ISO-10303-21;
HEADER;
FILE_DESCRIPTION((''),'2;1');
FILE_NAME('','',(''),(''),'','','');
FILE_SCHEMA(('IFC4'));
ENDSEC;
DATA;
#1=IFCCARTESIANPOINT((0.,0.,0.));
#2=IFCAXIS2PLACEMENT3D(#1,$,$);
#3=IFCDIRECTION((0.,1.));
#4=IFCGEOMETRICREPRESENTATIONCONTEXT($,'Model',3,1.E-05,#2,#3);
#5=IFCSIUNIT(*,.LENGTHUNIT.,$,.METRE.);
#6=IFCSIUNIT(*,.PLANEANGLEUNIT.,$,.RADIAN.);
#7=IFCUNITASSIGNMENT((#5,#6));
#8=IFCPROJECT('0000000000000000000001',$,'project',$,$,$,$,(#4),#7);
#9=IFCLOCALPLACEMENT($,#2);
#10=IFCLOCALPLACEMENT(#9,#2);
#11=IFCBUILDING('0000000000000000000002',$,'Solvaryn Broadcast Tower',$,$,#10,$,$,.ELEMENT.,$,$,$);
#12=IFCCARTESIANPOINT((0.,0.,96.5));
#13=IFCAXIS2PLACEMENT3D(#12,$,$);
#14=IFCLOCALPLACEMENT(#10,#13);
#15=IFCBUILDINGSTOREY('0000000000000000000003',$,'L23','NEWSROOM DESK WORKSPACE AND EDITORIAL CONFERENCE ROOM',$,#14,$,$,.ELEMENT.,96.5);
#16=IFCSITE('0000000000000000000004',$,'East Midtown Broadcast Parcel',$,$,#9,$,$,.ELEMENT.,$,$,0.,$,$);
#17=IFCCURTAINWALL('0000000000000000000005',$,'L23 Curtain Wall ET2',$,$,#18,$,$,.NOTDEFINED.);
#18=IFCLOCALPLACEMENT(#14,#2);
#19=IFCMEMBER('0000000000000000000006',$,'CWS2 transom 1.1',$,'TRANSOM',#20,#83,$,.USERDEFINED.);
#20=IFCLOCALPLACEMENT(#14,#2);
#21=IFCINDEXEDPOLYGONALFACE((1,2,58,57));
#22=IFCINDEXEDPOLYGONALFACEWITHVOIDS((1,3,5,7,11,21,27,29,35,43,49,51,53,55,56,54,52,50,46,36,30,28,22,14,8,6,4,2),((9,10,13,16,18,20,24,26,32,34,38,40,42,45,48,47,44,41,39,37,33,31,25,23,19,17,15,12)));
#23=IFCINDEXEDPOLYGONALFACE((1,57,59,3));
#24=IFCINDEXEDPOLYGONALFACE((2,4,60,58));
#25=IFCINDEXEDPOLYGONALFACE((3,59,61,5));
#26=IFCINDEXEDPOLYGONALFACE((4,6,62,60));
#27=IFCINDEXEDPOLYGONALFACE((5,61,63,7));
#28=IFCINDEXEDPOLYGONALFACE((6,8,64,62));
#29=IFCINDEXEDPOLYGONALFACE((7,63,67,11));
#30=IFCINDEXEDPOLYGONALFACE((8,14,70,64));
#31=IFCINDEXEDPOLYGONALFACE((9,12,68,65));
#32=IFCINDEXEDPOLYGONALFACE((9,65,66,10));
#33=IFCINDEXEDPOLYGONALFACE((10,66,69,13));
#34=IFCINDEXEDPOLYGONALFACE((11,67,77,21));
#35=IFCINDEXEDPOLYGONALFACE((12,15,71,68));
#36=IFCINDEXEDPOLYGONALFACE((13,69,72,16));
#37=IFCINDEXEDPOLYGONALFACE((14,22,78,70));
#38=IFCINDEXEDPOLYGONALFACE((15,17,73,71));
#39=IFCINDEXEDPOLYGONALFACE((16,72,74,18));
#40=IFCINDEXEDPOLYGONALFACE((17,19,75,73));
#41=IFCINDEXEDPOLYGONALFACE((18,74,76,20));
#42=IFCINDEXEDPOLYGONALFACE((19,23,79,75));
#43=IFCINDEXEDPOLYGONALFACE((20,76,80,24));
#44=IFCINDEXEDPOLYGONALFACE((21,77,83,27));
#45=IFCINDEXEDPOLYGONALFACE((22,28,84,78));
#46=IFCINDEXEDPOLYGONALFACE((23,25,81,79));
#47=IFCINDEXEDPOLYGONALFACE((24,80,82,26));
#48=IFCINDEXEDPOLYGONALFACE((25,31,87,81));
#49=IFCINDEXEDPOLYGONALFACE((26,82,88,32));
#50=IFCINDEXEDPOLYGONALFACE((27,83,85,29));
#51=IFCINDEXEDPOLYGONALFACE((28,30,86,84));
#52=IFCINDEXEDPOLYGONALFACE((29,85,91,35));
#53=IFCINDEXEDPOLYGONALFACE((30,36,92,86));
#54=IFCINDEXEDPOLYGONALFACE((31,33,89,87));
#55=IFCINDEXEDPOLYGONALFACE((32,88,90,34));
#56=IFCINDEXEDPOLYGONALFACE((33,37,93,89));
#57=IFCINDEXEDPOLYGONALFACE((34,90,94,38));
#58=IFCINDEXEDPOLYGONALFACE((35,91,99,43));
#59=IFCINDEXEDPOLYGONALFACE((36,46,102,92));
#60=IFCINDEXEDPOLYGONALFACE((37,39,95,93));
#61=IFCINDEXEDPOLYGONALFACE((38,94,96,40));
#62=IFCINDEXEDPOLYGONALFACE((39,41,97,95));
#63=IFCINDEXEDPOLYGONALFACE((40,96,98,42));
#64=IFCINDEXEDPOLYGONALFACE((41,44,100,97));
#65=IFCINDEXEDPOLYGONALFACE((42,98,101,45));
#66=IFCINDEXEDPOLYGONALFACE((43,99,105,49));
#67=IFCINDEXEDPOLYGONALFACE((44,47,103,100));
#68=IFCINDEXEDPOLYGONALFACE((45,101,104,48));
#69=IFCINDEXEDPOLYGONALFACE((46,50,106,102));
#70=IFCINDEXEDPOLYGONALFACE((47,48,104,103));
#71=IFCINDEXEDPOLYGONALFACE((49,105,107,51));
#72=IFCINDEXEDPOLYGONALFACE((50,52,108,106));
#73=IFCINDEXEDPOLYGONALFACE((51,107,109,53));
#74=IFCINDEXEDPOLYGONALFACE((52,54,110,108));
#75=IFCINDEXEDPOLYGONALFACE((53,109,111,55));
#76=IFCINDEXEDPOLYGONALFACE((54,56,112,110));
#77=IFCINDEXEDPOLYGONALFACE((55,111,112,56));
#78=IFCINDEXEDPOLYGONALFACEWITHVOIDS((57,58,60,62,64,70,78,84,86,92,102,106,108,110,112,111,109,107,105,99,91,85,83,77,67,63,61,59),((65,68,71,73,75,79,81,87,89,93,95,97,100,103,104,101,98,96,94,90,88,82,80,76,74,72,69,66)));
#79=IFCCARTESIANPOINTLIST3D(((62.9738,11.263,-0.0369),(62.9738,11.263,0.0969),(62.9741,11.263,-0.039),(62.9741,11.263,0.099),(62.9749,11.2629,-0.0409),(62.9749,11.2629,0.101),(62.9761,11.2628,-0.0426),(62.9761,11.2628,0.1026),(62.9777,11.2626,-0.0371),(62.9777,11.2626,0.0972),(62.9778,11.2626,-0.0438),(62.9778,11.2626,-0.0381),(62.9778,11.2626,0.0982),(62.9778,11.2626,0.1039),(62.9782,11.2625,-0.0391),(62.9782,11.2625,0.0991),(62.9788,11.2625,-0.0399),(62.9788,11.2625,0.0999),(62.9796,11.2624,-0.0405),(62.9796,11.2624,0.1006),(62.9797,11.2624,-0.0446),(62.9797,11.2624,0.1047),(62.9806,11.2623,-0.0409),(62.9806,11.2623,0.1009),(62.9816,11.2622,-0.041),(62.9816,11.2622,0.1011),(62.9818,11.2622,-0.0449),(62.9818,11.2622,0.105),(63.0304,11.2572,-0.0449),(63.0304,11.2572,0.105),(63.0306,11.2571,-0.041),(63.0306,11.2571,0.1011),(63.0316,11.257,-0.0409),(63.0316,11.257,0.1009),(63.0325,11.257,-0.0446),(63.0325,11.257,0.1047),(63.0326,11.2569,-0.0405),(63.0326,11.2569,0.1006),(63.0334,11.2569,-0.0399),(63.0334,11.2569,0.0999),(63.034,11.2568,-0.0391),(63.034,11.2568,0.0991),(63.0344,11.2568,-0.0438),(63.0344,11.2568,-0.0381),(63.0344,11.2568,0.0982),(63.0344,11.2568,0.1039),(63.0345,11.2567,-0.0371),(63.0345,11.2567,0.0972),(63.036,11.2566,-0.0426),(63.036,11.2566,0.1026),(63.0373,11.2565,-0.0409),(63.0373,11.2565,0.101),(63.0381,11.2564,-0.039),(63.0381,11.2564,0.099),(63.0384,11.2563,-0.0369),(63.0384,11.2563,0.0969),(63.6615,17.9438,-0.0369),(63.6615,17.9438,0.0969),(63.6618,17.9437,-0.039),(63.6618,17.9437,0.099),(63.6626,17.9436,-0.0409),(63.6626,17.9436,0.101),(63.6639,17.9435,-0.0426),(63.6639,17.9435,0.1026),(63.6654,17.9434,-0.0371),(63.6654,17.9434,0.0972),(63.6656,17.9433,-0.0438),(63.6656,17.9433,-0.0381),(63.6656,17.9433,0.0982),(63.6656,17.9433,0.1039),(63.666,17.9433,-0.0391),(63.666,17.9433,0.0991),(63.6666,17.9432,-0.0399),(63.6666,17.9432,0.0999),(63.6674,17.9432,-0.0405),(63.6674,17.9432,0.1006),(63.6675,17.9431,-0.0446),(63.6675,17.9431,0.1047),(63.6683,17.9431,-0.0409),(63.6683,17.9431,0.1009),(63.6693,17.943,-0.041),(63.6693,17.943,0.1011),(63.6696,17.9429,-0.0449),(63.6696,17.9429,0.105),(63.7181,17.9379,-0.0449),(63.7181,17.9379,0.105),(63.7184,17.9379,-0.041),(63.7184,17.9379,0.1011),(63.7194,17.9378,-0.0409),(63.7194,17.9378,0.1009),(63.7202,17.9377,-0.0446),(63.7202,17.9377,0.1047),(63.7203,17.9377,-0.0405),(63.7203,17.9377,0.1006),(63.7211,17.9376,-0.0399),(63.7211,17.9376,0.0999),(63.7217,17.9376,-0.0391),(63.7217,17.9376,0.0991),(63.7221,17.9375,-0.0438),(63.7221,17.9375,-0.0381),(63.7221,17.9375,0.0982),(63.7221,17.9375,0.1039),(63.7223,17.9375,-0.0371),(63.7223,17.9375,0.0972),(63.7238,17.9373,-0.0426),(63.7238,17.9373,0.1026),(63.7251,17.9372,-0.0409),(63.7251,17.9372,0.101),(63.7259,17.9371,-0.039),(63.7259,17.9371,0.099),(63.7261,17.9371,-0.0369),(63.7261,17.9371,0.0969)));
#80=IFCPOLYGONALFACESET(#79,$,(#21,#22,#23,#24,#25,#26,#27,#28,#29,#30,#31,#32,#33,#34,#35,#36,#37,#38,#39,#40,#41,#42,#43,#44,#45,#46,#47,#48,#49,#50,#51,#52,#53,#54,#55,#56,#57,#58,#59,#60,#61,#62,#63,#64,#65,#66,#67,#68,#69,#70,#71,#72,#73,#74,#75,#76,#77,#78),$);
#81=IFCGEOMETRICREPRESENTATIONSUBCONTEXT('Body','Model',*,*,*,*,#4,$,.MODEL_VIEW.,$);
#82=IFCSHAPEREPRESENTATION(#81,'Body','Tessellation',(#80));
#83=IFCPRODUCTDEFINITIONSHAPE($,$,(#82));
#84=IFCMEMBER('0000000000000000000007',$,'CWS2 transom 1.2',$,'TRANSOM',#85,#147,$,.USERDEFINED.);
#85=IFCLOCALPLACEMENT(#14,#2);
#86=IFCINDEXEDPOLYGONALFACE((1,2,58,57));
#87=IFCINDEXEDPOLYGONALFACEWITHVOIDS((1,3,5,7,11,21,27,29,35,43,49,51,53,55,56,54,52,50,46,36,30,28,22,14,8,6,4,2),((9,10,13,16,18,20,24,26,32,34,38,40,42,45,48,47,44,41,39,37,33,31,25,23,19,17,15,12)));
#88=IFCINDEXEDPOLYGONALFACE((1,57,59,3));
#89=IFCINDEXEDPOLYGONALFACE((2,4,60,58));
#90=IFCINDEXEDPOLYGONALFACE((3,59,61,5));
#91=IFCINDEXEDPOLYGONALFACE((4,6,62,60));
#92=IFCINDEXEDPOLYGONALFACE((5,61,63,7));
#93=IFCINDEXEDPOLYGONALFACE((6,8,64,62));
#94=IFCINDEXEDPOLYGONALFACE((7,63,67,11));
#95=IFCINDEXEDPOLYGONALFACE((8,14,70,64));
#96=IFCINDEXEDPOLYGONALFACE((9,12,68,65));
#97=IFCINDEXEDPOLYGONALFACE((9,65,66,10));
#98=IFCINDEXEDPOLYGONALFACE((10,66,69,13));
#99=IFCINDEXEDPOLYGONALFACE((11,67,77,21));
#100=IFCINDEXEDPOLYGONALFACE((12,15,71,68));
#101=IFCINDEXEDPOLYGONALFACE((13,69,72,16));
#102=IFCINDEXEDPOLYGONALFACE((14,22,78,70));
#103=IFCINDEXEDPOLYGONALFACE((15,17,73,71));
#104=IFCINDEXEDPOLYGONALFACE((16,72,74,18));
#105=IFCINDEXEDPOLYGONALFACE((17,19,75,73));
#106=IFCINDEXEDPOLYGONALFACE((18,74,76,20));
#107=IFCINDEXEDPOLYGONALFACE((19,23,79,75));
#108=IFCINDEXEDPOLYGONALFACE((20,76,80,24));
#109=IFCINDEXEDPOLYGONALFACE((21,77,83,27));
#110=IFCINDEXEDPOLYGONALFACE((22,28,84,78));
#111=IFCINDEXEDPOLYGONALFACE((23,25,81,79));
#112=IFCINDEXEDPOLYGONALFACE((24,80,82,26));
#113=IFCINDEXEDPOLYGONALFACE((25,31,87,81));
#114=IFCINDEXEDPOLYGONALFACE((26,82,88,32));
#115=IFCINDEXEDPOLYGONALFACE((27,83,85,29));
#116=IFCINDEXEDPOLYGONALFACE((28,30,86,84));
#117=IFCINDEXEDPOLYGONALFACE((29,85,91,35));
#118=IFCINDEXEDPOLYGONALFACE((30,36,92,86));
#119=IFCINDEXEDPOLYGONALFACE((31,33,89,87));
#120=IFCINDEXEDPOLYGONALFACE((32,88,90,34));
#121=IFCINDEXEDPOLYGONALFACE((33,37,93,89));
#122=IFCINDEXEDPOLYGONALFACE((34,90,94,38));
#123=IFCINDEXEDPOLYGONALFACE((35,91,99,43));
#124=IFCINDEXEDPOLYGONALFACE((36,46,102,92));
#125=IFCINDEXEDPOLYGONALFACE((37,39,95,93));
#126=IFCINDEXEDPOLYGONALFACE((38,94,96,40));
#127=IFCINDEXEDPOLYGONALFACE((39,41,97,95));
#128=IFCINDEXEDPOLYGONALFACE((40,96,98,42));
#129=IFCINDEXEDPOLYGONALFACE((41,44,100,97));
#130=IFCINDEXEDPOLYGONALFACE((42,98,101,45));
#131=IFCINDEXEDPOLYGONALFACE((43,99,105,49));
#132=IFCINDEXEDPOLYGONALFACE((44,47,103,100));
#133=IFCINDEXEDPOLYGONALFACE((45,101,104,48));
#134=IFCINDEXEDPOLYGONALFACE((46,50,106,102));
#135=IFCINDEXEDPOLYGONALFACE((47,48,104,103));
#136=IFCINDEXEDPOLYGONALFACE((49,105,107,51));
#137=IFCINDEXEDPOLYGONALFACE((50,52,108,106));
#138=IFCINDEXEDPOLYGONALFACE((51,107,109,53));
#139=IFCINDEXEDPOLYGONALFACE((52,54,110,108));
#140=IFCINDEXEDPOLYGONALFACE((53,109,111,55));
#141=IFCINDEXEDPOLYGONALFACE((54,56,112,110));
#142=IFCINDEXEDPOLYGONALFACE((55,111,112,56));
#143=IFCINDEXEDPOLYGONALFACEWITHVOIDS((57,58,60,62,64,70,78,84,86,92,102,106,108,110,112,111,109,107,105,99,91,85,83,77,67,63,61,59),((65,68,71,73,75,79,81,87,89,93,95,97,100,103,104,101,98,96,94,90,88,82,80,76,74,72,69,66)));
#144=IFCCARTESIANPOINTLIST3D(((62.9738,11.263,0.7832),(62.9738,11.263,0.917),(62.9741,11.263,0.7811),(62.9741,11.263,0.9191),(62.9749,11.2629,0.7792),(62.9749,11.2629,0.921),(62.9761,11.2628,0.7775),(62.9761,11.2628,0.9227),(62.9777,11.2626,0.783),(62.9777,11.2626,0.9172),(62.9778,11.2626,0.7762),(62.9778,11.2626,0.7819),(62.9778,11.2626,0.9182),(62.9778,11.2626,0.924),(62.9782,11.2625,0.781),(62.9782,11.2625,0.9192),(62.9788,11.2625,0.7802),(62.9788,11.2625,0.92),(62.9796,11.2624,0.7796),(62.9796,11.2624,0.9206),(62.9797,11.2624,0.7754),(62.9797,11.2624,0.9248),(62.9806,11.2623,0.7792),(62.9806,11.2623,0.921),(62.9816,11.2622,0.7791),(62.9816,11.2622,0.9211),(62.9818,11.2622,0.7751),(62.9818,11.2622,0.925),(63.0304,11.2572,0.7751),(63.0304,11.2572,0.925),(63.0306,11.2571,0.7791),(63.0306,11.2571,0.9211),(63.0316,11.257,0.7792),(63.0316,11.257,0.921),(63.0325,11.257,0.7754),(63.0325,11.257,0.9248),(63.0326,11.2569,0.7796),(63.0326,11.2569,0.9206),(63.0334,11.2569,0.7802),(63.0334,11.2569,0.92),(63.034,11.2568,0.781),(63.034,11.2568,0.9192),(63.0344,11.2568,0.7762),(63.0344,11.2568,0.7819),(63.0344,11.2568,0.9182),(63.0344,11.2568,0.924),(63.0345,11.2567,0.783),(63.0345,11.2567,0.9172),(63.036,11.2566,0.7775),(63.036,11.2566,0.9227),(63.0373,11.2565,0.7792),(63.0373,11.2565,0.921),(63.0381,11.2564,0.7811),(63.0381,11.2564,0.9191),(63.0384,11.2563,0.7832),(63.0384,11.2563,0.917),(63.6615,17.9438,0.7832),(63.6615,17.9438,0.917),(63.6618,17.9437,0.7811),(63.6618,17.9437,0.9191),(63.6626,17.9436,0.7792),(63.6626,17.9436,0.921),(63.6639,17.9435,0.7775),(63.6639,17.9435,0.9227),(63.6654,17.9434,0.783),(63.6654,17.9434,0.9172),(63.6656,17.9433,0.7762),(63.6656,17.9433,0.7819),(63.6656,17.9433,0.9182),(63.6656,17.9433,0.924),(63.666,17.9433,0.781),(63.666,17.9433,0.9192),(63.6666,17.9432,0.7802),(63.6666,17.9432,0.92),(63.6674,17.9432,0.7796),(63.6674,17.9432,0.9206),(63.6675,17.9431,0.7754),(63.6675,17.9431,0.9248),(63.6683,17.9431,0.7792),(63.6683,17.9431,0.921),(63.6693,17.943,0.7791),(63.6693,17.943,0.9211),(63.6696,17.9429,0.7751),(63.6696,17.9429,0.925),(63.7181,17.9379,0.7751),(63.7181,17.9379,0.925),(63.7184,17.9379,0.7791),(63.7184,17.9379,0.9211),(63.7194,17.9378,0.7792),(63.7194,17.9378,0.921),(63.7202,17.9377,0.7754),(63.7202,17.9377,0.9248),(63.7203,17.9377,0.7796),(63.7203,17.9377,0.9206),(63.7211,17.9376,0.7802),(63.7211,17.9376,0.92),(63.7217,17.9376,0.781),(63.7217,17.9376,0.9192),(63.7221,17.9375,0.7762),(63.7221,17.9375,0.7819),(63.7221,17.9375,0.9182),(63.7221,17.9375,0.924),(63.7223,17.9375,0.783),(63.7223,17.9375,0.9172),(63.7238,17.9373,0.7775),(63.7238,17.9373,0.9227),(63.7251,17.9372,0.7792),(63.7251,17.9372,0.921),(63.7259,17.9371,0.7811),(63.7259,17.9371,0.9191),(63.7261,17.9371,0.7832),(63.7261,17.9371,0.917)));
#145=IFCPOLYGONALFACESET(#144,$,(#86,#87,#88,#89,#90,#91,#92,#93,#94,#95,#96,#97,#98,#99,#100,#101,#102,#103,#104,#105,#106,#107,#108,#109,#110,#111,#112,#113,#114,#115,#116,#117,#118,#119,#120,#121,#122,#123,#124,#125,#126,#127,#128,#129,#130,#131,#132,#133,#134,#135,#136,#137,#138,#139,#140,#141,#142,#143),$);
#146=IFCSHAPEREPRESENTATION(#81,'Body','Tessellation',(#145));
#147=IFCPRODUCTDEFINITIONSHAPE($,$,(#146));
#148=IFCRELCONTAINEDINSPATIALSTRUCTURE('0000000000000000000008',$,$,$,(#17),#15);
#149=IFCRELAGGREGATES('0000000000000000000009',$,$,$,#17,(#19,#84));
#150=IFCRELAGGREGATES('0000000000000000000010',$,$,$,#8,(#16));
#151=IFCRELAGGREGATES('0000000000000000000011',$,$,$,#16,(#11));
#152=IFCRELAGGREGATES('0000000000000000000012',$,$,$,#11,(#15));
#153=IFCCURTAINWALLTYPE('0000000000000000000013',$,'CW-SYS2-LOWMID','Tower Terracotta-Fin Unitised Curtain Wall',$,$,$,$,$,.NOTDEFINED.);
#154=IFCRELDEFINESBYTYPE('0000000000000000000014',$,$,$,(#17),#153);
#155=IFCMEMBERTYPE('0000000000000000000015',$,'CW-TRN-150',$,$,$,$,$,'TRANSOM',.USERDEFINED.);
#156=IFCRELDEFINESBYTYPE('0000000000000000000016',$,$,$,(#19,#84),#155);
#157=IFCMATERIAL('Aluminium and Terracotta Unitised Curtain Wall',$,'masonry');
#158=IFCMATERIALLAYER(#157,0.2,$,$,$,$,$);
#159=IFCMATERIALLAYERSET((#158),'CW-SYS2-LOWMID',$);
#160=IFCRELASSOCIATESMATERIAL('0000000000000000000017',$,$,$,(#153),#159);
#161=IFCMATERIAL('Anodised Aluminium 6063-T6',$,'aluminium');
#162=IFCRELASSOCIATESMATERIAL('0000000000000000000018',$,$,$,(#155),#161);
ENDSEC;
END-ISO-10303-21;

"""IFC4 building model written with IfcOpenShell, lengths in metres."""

from ifc_helpers import new_model, si_unit, direction, frame, origin, origin_2d, place, context, subcontext, project, spatial, hollow_rectangle, extrude, material, layer, layer_set, material_profile, profile_set, type_object, element, aggregate, save


model = new_model("IFC4")

# Units and contexts
model_context = context("Model", 3, precision=1e-05, world=origin(), true_north=direction((0.0, 1.0)))
body_context = subcontext(model_context, "Body", "Model", "MODEL_VIEW")
ifc_project = project(units=[si_unit("LENGTHUNIT", "METRE"), si_unit("PLANEANGLEUNIT", "RADIAN")], contexts=[model_context])

# Site, building, storey
site_placement = place(None, origin())
site = spatial("IfcSite", under=ifc_project, at=site_placement, Name="East Midtown Broadcast Parcel", CompositionType="ELEMENT", RefElevation=0.0)
building_placement = place(site_placement, origin())
building = spatial("IfcBuilding", under=site, at=building_placement, Name="Solvaryn Broadcast Tower", CompositionType="ELEMENT")
storey_placement = place(building_placement, frame((0.0, 0.0, 96.5)))
storey = spatial("IfcBuildingStorey", under=building, at=storey_placement, Name="L23", Description="NEWSROOM DESK WORKSPACE AND EDITORIAL CONFERENCE ROOM", CompositionType="ELEMENT", Elevation=96.5)

# Shared definitions
ifc_material_1 = material(Name="Aluminium and Terracotta Unitised Curtain Wall", Category="masonry")
ifc_layer_1 = layer(ifc_material_1, 0.2)
ifc_layer_set_1 = layer_set([ifc_layer_1], Name="CW-SYS2-LOWMID")
curtain_wall_type = type_object("IfcCurtainWallType", Name="CW-SYS2-LOWMID", Description="Tower Terracotta-Fin Unitised Curtain Wall", PredefinedType="NOTDEFINED", material=ifc_layer_set_1)

# Curtain wall, members
curtain_wall_1_placement = place(storey_placement, origin())
curtain_wall_1 = element("IfcCurtainWall", 1, at=curtain_wall_1_placement, inside=storey, type_object=curtain_wall_type, Name="L23 Curtain Wall ET2", PredefinedType="NOTDEFINED")
ifc_material_2 = material(Name="Anodised Aluminium 6063-T6", Category="aluminium")
ifc_material_profile_1 = material_profile(ifc_material_2, hollow_rectangle(XDim=0.0649, YDim=0.1499, WallThickness=0.0039, InnerFilletRadius=0.0039, OuterFilletRadius=0.0081, at=origin_2d()))
ifc_profile_set_1 = profile_set([ifc_material_profile_1], Name="Anodised Aluminium 6063-T6")
member_type_1 = type_object("IfcMemberType", Name="CW-TRN-150", ElementType="TRANSOM", PredefinedType="USERDEFINED", material=ifc_profile_set_1)
member_1_placement = place(storey_placement, frame((63.6938, 17.9404, 0.03), z_axis=(-0.102404, -0.994743, 0.0), x_axis=(0.994743, -0.102404, 0.0)))
member_1 = element("IfcMember", 2, at=member_1_placement, type_object=member_type_1, Name="CWS2 transom 1.1", ObjectType="TRANSOM", PredefinedType="USERDEFINED", context=body_context, shape_type="SweptSolid", body=[
    extrude(hollow_rectangle(XDim=0.0649, YDim=0.1499, WallThickness=0.0039, InnerFilletRadius=0.0039, OuterFilletRadius=0.0081, at=origin_2d()), origin(), (0.0, 0.0, 1.0), 6.7161),
])
member_2_placement = place(storey_placement, frame((63.6938, 17.9404, 0.8501), z_axis=(-0.102404, -0.994743, 0.0), x_axis=(0.994743, -0.102404, 0.0)))
member_2 = element("IfcMember", 3, at=member_2_placement, type_object=member_type_1, Name="CWS2 transom 1.2", ObjectType="TRANSOM", PredefinedType="USERDEFINED", context=body_context, shape_type="SweptSolid", body=[
    extrude(hollow_rectangle(XDim=0.0649, YDim=0.1499, WallThickness=0.0039, InnerFilletRadius=0.0039, OuterFilletRadius=0.0081, at=origin_2d()), origin(), (0.0, 0.0, 1.0), 6.7161),
])

aggregate(curtain_wall_1, [member_1, member_2])

save(model, "model.ifc")
